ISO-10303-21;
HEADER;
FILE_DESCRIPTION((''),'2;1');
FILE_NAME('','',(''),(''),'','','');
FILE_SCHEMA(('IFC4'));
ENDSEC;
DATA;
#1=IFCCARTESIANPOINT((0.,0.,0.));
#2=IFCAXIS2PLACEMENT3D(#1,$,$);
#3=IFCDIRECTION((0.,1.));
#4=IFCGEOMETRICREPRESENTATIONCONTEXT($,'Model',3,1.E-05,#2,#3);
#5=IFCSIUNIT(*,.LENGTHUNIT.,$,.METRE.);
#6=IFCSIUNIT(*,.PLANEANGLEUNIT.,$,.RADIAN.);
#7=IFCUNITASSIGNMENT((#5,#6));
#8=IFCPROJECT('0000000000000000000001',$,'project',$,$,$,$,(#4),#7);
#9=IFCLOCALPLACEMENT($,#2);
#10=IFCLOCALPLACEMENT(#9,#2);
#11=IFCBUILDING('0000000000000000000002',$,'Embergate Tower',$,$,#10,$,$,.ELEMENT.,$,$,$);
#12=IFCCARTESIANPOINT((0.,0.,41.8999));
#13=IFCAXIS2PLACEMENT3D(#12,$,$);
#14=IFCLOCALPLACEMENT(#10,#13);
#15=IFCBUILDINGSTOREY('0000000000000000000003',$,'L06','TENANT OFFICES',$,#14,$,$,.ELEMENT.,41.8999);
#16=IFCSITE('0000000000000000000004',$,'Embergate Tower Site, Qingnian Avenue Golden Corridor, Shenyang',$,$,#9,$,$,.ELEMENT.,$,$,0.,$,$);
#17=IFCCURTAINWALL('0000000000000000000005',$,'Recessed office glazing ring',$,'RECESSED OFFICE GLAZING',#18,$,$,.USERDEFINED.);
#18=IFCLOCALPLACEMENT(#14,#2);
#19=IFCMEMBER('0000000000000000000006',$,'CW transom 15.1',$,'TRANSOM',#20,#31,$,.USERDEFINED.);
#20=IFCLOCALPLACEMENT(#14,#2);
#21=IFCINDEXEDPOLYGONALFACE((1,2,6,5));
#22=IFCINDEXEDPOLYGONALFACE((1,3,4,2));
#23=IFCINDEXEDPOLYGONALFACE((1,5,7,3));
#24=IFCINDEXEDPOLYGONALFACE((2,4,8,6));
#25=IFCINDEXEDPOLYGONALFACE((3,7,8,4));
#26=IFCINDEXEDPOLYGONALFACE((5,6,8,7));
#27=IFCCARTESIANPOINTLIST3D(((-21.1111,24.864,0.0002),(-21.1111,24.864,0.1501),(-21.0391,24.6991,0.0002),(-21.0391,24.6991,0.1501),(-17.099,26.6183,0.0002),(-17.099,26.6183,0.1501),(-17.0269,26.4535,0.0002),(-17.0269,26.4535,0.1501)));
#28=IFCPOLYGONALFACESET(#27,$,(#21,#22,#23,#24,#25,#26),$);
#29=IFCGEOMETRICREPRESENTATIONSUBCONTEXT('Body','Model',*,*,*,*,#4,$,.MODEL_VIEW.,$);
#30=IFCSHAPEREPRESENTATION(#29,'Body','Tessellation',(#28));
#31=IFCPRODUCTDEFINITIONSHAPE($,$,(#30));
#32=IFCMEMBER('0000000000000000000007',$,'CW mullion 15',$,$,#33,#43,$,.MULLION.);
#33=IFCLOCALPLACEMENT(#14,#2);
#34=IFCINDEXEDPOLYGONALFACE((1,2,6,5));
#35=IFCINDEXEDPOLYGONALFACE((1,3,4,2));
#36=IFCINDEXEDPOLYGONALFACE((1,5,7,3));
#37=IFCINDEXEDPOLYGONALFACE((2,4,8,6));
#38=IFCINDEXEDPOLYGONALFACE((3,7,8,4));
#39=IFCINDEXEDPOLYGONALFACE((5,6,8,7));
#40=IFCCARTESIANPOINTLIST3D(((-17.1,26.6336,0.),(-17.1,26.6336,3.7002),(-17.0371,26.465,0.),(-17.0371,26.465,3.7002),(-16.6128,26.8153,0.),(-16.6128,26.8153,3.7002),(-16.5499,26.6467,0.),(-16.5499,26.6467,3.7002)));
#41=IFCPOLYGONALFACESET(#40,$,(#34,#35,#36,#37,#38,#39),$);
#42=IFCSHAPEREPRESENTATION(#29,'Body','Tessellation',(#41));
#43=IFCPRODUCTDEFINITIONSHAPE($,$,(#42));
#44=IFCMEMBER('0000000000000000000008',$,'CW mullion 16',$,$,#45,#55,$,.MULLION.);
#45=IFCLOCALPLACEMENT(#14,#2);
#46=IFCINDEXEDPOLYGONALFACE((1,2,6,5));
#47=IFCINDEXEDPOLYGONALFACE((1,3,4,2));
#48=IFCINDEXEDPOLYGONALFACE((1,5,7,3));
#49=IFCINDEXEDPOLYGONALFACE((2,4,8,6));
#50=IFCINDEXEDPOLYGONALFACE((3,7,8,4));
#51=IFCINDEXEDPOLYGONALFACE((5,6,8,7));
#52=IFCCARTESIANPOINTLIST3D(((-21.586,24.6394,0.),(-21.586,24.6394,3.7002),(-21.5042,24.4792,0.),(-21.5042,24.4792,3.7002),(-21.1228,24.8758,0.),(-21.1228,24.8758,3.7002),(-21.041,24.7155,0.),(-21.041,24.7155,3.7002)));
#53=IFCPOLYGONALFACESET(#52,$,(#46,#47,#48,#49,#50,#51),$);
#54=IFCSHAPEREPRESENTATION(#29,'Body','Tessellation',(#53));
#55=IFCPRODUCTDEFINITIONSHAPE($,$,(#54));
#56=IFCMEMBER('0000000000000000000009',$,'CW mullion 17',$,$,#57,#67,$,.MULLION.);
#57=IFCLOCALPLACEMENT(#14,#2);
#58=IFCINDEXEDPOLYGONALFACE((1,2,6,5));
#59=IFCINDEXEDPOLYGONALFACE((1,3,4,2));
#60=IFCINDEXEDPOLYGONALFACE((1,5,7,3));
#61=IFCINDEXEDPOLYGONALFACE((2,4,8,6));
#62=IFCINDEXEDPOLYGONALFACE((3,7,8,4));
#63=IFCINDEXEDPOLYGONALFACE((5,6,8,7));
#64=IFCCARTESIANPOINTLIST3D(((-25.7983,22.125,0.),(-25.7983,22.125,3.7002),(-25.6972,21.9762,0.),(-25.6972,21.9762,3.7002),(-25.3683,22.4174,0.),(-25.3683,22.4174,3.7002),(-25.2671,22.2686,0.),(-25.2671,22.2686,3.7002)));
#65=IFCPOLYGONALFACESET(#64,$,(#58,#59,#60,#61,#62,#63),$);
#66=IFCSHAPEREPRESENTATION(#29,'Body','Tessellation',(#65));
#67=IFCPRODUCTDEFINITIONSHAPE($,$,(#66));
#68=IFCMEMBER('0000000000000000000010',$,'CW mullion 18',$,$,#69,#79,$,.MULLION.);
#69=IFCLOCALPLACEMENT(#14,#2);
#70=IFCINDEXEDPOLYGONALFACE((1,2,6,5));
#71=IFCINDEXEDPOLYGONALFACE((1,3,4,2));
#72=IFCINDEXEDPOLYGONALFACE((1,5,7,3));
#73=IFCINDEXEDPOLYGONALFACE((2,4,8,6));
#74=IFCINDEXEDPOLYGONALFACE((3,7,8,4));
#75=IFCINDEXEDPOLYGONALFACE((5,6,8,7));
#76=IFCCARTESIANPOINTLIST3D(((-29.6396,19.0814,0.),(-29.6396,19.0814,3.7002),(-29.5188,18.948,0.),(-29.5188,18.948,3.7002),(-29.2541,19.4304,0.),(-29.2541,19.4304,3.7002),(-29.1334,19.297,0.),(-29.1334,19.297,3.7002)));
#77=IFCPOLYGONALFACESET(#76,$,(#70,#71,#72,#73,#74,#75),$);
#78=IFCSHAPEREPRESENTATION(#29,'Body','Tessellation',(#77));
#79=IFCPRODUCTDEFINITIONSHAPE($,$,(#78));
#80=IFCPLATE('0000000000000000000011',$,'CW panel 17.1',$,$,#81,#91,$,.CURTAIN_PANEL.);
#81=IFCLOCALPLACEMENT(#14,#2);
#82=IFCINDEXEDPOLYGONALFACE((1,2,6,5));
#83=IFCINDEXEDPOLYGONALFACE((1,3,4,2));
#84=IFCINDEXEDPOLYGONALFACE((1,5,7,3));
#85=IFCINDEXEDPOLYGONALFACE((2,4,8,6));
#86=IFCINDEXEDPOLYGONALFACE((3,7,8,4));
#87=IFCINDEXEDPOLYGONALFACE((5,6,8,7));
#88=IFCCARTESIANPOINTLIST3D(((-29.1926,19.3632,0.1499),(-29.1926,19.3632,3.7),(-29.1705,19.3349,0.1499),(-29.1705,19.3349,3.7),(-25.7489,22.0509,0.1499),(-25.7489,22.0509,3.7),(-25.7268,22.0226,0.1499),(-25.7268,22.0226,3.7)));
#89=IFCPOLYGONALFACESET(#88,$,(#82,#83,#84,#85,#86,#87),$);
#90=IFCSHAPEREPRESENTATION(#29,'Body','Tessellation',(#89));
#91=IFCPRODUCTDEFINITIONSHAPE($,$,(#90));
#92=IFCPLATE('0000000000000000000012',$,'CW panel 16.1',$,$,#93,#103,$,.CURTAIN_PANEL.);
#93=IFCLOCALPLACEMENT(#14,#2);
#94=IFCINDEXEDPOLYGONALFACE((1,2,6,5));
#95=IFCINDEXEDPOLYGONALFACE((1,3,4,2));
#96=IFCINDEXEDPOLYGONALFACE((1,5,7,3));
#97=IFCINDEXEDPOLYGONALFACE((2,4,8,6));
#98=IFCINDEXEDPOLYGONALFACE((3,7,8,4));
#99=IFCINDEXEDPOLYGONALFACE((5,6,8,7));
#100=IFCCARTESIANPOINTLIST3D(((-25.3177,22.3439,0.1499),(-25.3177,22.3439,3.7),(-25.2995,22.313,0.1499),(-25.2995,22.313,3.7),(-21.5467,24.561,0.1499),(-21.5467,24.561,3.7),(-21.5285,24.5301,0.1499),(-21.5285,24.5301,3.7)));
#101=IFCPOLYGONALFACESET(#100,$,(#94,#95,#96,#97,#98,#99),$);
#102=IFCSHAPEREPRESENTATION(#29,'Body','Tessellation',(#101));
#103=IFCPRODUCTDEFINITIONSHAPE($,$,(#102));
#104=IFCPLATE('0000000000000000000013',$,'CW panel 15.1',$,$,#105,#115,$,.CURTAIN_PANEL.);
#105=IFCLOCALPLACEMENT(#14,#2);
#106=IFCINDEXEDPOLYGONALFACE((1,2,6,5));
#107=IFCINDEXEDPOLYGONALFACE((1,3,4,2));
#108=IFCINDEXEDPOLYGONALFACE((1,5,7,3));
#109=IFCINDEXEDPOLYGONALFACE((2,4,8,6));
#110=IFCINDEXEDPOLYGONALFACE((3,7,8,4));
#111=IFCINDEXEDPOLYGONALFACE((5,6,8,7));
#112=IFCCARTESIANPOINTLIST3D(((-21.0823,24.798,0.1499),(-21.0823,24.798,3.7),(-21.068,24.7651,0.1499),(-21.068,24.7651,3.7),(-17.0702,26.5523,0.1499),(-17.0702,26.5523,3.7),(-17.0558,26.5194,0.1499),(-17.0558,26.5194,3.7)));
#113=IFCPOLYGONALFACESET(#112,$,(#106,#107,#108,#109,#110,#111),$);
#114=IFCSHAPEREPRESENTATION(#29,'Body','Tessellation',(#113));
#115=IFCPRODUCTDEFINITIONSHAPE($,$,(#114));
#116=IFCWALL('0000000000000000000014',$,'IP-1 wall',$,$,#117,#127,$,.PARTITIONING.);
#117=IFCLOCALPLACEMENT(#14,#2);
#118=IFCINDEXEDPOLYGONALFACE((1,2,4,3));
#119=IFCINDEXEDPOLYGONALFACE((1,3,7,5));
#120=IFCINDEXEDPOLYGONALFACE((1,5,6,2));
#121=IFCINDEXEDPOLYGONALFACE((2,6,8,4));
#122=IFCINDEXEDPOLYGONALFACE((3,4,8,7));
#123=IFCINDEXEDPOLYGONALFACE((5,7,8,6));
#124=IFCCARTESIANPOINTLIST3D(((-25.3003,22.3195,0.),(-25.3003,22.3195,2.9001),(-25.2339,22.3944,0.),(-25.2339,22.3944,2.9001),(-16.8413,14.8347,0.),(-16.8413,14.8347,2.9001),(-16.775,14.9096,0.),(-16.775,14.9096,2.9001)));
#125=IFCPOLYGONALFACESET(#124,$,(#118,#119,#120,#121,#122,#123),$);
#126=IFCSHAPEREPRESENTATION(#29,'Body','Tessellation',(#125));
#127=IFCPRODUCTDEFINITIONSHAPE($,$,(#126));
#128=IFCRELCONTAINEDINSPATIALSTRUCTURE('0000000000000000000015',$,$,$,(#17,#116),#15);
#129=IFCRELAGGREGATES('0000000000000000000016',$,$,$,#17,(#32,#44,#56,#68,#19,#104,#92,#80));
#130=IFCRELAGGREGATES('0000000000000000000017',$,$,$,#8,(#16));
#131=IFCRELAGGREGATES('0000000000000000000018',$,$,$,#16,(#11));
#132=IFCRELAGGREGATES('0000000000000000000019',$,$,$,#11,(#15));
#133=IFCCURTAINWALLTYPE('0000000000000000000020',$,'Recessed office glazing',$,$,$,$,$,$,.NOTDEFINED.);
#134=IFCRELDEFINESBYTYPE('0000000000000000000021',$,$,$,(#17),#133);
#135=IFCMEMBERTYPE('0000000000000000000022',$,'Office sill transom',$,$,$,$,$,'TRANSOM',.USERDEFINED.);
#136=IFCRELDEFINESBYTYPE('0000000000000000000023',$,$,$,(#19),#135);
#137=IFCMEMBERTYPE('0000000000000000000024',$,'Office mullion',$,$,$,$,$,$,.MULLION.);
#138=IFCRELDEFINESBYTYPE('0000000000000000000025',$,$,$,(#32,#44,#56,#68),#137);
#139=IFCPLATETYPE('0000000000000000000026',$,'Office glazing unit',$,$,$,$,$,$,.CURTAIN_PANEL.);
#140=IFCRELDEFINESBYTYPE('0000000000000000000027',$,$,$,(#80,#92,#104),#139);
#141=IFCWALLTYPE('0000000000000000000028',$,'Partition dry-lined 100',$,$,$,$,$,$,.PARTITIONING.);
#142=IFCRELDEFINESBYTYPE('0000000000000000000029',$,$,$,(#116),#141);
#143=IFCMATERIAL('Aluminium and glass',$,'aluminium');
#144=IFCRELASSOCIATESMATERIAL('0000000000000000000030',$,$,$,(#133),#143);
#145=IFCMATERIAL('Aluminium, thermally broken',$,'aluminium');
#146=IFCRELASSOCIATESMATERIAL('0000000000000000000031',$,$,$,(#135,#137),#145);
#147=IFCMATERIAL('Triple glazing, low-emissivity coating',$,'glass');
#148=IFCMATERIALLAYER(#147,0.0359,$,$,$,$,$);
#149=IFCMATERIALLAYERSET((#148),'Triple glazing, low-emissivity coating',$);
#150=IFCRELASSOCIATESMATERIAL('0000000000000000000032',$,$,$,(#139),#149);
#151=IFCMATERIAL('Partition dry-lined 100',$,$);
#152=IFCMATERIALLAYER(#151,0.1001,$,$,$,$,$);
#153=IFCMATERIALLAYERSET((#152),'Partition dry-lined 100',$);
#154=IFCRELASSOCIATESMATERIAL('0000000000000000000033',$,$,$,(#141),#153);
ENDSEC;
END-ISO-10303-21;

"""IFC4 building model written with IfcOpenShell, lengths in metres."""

from ifc_helpers import new_model, si_unit, direction, frame, frame_2d, origin, origin_2d, place, context, subcontext, project, spatial, rectangle, extrude, source, transform, mapped, material, layer, layer_set, material_profile, profile_set, type_object, element, aggregate, save


model = new_model("IFC4")

# Units and contexts
model_context = context("Model", 3, precision=1e-05, world=origin(), true_north=direction((0.0, 1.0)))
body_context = subcontext(model_context, "Body", "Model", "MODEL_VIEW")
ifc_project = project(units=[si_unit("LENGTHUNIT", "METRE"), si_unit("PLANEANGLEUNIT", "RADIAN")], contexts=[model_context])

# Site, building, storey
site_placement = place(None, origin())
site = spatial("IfcSite", under=ifc_project, at=site_placement, Name="Embergate Tower Site, Qingnian Avenue Golden Corridor, Shenyang", CompositionType="ELEMENT", RefElevation=0.0)
building_placement = place(site_placement, origin())
building = spatial("IfcBuilding", under=site, at=building_placement, Name="Embergate Tower", CompositionType="ELEMENT")
storey_placement = place(building_placement, frame((0.0, 0.0, 41.8999)))
storey = spatial("IfcBuildingStorey", under=building, at=storey_placement, Name="L06", Description="TENANT OFFICES", CompositionType="ELEMENT", Elevation=41.8999)

# Curtain wall, members, plates
ifc_material_1 = material(Name="Aluminium and glass", Category="aluminium")
curtain_wall_type = type_object("IfcCurtainWallType", Name="Recessed office glazing", PredefinedType="NOTDEFINED", material=ifc_material_1)
curtain_wall_placement = place(storey_placement, origin())
curtain_wall = element("IfcCurtainWall", 1, at=curtain_wall_placement, inside=storey, type_object=curtain_wall_type, Name="Recessed office glazing ring", ObjectType="RECESSED OFFICE GLAZING", PredefinedType="USERDEFINED")
ifc_material_2 = material(Name="Aluminium, thermally broken", Category="aluminium")
ifc_material_profile_1 = material_profile(ifc_material_2, rectangle(XDim=0.1799, YDim=0.1499, at=origin_2d()), Name="AL 150x180")
ifc_profile_set_1 = profile_set([ifc_material_profile_1], Name="Aluminium, thermally broken")
member_type_1 = type_object("IfcMemberType", Name="Office sill transom", ElementType="TRANSOM", PredefinedType="USERDEFINED", material=ifc_profile_set_1)
shared_shape_1 = source(origin(), body_context, "Body", "SweptSolid", [
    extrude(rectangle(XDim=0.1799, YDim=0.1499, at=origin_2d()), origin(), (0.0, 0.0, 1.0), 4.3789),
])
member_1_placement = place(storey_placement, frame((-17.063, 26.5359, 0.0752), z_axis=(-0.916237, -0.400637, 0.0), x_axis=(0.400637, -0.916237, 0.0)))
member_1 = element("IfcMember", 2, at=member_1_placement, type_object=member_type_1, Name="CW transom 15.1", ObjectType="TRANSOM", PredefinedType="USERDEFINED", context=body_context, shape_type="MappedRepresentation", body=[
    mapped(shared_shape_1, transform((0.0, 0.0, 0.0))),
])
ifc_material_profile_2 = material_profile(ifc_material_2, rectangle(XDim=0.1799, YDim=0.52, at=origin_2d()), Name="AL 520x180")
ifc_profile_set_2 = profile_set([ifc_material_profile_2], Name="Aluminium, thermally broken")
member_type_2 = type_object("IfcMemberType", Name="Office mullion", PredefinedType="MULLION", material=ifc_profile_set_2)
shared_shape_2 = source(origin(), body_context, "Body", "SweptSolid", [
    extrude(rectangle(XDim=0.1799, YDim=0.52, at=origin_2d()), origin(), (0.0, 0.0, 1.0), 3.7002),
])
member_2_placement = place(storey_placement, frame((-16.825, 26.6401, 0.0), z_axis=(0.0, 0.0, 1.0), x_axis=(0.349501, -0.936936, 0.0)))
member_2 = element("IfcMember", 3, at=member_2_placement, type_object=member_type_2, Name="CW mullion 15", PredefinedType="MULLION", context=body_context, shape_type="MappedRepresentation", body=[
    mapped(shared_shape_2, transform((0.0, 0.0, 0.0))),
])
member_3_placement = place(storey_placement, frame((-21.3135, 24.6775, 0.0), z_axis=(0.0, 0.0, 1.0), x_axis=(0.45451, -0.890742, 0.0)))
member_3 = element("IfcMember", 4, at=member_3_placement, type_object=member_type_2, Name="CW mullion 16", PredefinedType="MULLION", context=body_context, shape_type="MappedRepresentation", body=[
    mapped(shared_shape_2, transform((0.0, 0.0, 0.0))),
])
member_4_placement = place(storey_placement, frame((-25.5327, 22.1968, 0.0), z_axis=(0.0, 0.0, 1.0), x_axis=(0.562216, -0.82699, 0.0)))
member_4 = element("IfcMember", 5, at=member_4_placement, type_object=member_type_2, Name="CW mullion 17", PredefinedType="MULLION", context=body_context, shape_type="MappedRepresentation", body=[
    mapped(shared_shape_2, transform((0.0, 0.0, 0.0))),
])
member_5_placement = place(storey_placement, frame((-29.3865, 19.1892, 0.0), z_axis=(0.0, 0.0, 1.0), x_axis=(0.671227, -0.741252, 0.0)))
member_5 = element("IfcMember", 6, at=member_5_placement, type_object=member_type_2, Name="CW mullion 18", PredefinedType="MULLION", context=body_context, shape_type="MappedRepresentation", body=[
    mapped(shared_shape_2, transform((0.0, 0.0, 0.0))),
])
ifc_material_3 = material(Name="Triple glazing, low-emissivity coating", Category="glass")
ifc_layer_1 = layer(ifc_material_3, 0.0359)
ifc_layer_set_1 = layer_set([ifc_layer_1], Name="Triple glazing, low-emissivity coating")
plate_type = type_object("IfcPlateType", Name="Office glazing unit", PredefinedType="CURTAIN_PANEL", material=ifc_layer_set_1)
shared_shape_3 = source(origin(), body_context, "Body", "SweptSolid", [
    extrude(rectangle(XDim=4.3684, YDim=0.0359, at=origin_2d()), origin(), (0.0, 0.0, 1.0), 3.55),
])
plate_1_placement = place(storey_placement, frame((-27.4597, 20.6929, 0.1499), z_axis=(0.0, 0.0, 1.0), x_axis=(-0.788322, -0.615263, 0.0)))
plate_1 = element("IfcPlate", 7, at=plate_1_placement, type_object=plate_type, Name="CW panel 17.1", PredefinedType="CURTAIN_PANEL", context=body_context, shape_type="MappedRepresentation", body=[
    mapped(shared_shape_3, transform((0.0, 0.0, 0.0))),
])
shared_shape_4 = source(origin(), body_context, "Body", "SweptSolid", [
    extrude(rectangle(XDim=4.3745, YDim=0.0359, at=origin_2d()), origin(), (0.0, 0.0, 1.0), 3.55),
])
plate_2_placement = place(storey_placement, frame((-23.4231, 23.437, 0.1499), z_axis=(0.0, 0.0, 1.0), x_axis=(-0.862054, -0.506816, 0.0)))
plate_2 = element("IfcPlate", 8, at=plate_2_placement, type_object=plate_type, Name="CW panel 16.1", PredefinedType="CURTAIN_PANEL", context=body_context, shape_type="MappedRepresentation", body=[
    mapped(shared_shape_4, transform((0.0, 0.0, 0.0))),
])
shared_shape_5 = source(origin(), body_context, "Body", "SweptSolid", [
    extrude(rectangle(XDim=4.3789, YDim=0.0359, at=origin_2d()), origin(), (0.0, 0.0, 1.0), 3.55),
])
plate_3_placement = place(storey_placement, frame((-19.0691, 25.6587, 0.1499), z_axis=(0.0, 0.0, 1.0), x_axis=(-0.916237, -0.400637, 0.0)))
plate_3 = element("IfcPlate", 9, at=plate_3_placement, type_object=plate_type, Name="CW panel 15.1", PredefinedType="CURTAIN_PANEL", context=body_context, shape_type="MappedRepresentation", body=[
    mapped(shared_shape_5, transform((0.0, 0.0, 0.0))),
])
aggregate(curtain_wall, [member_2, member_3, member_4, member_5, member_1, plate_3, plate_2, plate_1])

# Wall
ifc_material_4 = material(Name="Partition dry-lined 100")
ifc_layer_2 = layer(ifc_material_4, 0.1001)
ifc_layer_set_2 = layer_set([ifc_layer_2], Name="Partition dry-lined 100")
wall_type = type_object("IfcWallType", Name="Partition dry-lined 100", PredefinedType="PARTITIONING", material=ifc_layer_set_2)
shared_shape_6 = source(origin(), body_context, "Body", "SweptSolid", [
    extrude(rectangle(XDim=11.2949, YDim=0.1001, at=frame_2d((5.6475, 0.0))), origin(), (0.0, 0.0, 1.0), 2.9001),
])
wall_placement = place(storey_placement, frame((-25.2671, 22.3569, 0.0), z_axis=(0.0, 0.0, 1.0), x_axis=(0.748912, -0.662669, 0.0)))
element("IfcWall", 10, at=wall_placement, inside=storey, type_object=wall_type, Name="IP-1 wall", PredefinedType="PARTITIONING", context=body_context, shape_type="MappedRepresentation", body=[
    mapped(shared_shape_6, transform((0.0, 0.0, 0.0))),
])

save(model, "model.ifc")
